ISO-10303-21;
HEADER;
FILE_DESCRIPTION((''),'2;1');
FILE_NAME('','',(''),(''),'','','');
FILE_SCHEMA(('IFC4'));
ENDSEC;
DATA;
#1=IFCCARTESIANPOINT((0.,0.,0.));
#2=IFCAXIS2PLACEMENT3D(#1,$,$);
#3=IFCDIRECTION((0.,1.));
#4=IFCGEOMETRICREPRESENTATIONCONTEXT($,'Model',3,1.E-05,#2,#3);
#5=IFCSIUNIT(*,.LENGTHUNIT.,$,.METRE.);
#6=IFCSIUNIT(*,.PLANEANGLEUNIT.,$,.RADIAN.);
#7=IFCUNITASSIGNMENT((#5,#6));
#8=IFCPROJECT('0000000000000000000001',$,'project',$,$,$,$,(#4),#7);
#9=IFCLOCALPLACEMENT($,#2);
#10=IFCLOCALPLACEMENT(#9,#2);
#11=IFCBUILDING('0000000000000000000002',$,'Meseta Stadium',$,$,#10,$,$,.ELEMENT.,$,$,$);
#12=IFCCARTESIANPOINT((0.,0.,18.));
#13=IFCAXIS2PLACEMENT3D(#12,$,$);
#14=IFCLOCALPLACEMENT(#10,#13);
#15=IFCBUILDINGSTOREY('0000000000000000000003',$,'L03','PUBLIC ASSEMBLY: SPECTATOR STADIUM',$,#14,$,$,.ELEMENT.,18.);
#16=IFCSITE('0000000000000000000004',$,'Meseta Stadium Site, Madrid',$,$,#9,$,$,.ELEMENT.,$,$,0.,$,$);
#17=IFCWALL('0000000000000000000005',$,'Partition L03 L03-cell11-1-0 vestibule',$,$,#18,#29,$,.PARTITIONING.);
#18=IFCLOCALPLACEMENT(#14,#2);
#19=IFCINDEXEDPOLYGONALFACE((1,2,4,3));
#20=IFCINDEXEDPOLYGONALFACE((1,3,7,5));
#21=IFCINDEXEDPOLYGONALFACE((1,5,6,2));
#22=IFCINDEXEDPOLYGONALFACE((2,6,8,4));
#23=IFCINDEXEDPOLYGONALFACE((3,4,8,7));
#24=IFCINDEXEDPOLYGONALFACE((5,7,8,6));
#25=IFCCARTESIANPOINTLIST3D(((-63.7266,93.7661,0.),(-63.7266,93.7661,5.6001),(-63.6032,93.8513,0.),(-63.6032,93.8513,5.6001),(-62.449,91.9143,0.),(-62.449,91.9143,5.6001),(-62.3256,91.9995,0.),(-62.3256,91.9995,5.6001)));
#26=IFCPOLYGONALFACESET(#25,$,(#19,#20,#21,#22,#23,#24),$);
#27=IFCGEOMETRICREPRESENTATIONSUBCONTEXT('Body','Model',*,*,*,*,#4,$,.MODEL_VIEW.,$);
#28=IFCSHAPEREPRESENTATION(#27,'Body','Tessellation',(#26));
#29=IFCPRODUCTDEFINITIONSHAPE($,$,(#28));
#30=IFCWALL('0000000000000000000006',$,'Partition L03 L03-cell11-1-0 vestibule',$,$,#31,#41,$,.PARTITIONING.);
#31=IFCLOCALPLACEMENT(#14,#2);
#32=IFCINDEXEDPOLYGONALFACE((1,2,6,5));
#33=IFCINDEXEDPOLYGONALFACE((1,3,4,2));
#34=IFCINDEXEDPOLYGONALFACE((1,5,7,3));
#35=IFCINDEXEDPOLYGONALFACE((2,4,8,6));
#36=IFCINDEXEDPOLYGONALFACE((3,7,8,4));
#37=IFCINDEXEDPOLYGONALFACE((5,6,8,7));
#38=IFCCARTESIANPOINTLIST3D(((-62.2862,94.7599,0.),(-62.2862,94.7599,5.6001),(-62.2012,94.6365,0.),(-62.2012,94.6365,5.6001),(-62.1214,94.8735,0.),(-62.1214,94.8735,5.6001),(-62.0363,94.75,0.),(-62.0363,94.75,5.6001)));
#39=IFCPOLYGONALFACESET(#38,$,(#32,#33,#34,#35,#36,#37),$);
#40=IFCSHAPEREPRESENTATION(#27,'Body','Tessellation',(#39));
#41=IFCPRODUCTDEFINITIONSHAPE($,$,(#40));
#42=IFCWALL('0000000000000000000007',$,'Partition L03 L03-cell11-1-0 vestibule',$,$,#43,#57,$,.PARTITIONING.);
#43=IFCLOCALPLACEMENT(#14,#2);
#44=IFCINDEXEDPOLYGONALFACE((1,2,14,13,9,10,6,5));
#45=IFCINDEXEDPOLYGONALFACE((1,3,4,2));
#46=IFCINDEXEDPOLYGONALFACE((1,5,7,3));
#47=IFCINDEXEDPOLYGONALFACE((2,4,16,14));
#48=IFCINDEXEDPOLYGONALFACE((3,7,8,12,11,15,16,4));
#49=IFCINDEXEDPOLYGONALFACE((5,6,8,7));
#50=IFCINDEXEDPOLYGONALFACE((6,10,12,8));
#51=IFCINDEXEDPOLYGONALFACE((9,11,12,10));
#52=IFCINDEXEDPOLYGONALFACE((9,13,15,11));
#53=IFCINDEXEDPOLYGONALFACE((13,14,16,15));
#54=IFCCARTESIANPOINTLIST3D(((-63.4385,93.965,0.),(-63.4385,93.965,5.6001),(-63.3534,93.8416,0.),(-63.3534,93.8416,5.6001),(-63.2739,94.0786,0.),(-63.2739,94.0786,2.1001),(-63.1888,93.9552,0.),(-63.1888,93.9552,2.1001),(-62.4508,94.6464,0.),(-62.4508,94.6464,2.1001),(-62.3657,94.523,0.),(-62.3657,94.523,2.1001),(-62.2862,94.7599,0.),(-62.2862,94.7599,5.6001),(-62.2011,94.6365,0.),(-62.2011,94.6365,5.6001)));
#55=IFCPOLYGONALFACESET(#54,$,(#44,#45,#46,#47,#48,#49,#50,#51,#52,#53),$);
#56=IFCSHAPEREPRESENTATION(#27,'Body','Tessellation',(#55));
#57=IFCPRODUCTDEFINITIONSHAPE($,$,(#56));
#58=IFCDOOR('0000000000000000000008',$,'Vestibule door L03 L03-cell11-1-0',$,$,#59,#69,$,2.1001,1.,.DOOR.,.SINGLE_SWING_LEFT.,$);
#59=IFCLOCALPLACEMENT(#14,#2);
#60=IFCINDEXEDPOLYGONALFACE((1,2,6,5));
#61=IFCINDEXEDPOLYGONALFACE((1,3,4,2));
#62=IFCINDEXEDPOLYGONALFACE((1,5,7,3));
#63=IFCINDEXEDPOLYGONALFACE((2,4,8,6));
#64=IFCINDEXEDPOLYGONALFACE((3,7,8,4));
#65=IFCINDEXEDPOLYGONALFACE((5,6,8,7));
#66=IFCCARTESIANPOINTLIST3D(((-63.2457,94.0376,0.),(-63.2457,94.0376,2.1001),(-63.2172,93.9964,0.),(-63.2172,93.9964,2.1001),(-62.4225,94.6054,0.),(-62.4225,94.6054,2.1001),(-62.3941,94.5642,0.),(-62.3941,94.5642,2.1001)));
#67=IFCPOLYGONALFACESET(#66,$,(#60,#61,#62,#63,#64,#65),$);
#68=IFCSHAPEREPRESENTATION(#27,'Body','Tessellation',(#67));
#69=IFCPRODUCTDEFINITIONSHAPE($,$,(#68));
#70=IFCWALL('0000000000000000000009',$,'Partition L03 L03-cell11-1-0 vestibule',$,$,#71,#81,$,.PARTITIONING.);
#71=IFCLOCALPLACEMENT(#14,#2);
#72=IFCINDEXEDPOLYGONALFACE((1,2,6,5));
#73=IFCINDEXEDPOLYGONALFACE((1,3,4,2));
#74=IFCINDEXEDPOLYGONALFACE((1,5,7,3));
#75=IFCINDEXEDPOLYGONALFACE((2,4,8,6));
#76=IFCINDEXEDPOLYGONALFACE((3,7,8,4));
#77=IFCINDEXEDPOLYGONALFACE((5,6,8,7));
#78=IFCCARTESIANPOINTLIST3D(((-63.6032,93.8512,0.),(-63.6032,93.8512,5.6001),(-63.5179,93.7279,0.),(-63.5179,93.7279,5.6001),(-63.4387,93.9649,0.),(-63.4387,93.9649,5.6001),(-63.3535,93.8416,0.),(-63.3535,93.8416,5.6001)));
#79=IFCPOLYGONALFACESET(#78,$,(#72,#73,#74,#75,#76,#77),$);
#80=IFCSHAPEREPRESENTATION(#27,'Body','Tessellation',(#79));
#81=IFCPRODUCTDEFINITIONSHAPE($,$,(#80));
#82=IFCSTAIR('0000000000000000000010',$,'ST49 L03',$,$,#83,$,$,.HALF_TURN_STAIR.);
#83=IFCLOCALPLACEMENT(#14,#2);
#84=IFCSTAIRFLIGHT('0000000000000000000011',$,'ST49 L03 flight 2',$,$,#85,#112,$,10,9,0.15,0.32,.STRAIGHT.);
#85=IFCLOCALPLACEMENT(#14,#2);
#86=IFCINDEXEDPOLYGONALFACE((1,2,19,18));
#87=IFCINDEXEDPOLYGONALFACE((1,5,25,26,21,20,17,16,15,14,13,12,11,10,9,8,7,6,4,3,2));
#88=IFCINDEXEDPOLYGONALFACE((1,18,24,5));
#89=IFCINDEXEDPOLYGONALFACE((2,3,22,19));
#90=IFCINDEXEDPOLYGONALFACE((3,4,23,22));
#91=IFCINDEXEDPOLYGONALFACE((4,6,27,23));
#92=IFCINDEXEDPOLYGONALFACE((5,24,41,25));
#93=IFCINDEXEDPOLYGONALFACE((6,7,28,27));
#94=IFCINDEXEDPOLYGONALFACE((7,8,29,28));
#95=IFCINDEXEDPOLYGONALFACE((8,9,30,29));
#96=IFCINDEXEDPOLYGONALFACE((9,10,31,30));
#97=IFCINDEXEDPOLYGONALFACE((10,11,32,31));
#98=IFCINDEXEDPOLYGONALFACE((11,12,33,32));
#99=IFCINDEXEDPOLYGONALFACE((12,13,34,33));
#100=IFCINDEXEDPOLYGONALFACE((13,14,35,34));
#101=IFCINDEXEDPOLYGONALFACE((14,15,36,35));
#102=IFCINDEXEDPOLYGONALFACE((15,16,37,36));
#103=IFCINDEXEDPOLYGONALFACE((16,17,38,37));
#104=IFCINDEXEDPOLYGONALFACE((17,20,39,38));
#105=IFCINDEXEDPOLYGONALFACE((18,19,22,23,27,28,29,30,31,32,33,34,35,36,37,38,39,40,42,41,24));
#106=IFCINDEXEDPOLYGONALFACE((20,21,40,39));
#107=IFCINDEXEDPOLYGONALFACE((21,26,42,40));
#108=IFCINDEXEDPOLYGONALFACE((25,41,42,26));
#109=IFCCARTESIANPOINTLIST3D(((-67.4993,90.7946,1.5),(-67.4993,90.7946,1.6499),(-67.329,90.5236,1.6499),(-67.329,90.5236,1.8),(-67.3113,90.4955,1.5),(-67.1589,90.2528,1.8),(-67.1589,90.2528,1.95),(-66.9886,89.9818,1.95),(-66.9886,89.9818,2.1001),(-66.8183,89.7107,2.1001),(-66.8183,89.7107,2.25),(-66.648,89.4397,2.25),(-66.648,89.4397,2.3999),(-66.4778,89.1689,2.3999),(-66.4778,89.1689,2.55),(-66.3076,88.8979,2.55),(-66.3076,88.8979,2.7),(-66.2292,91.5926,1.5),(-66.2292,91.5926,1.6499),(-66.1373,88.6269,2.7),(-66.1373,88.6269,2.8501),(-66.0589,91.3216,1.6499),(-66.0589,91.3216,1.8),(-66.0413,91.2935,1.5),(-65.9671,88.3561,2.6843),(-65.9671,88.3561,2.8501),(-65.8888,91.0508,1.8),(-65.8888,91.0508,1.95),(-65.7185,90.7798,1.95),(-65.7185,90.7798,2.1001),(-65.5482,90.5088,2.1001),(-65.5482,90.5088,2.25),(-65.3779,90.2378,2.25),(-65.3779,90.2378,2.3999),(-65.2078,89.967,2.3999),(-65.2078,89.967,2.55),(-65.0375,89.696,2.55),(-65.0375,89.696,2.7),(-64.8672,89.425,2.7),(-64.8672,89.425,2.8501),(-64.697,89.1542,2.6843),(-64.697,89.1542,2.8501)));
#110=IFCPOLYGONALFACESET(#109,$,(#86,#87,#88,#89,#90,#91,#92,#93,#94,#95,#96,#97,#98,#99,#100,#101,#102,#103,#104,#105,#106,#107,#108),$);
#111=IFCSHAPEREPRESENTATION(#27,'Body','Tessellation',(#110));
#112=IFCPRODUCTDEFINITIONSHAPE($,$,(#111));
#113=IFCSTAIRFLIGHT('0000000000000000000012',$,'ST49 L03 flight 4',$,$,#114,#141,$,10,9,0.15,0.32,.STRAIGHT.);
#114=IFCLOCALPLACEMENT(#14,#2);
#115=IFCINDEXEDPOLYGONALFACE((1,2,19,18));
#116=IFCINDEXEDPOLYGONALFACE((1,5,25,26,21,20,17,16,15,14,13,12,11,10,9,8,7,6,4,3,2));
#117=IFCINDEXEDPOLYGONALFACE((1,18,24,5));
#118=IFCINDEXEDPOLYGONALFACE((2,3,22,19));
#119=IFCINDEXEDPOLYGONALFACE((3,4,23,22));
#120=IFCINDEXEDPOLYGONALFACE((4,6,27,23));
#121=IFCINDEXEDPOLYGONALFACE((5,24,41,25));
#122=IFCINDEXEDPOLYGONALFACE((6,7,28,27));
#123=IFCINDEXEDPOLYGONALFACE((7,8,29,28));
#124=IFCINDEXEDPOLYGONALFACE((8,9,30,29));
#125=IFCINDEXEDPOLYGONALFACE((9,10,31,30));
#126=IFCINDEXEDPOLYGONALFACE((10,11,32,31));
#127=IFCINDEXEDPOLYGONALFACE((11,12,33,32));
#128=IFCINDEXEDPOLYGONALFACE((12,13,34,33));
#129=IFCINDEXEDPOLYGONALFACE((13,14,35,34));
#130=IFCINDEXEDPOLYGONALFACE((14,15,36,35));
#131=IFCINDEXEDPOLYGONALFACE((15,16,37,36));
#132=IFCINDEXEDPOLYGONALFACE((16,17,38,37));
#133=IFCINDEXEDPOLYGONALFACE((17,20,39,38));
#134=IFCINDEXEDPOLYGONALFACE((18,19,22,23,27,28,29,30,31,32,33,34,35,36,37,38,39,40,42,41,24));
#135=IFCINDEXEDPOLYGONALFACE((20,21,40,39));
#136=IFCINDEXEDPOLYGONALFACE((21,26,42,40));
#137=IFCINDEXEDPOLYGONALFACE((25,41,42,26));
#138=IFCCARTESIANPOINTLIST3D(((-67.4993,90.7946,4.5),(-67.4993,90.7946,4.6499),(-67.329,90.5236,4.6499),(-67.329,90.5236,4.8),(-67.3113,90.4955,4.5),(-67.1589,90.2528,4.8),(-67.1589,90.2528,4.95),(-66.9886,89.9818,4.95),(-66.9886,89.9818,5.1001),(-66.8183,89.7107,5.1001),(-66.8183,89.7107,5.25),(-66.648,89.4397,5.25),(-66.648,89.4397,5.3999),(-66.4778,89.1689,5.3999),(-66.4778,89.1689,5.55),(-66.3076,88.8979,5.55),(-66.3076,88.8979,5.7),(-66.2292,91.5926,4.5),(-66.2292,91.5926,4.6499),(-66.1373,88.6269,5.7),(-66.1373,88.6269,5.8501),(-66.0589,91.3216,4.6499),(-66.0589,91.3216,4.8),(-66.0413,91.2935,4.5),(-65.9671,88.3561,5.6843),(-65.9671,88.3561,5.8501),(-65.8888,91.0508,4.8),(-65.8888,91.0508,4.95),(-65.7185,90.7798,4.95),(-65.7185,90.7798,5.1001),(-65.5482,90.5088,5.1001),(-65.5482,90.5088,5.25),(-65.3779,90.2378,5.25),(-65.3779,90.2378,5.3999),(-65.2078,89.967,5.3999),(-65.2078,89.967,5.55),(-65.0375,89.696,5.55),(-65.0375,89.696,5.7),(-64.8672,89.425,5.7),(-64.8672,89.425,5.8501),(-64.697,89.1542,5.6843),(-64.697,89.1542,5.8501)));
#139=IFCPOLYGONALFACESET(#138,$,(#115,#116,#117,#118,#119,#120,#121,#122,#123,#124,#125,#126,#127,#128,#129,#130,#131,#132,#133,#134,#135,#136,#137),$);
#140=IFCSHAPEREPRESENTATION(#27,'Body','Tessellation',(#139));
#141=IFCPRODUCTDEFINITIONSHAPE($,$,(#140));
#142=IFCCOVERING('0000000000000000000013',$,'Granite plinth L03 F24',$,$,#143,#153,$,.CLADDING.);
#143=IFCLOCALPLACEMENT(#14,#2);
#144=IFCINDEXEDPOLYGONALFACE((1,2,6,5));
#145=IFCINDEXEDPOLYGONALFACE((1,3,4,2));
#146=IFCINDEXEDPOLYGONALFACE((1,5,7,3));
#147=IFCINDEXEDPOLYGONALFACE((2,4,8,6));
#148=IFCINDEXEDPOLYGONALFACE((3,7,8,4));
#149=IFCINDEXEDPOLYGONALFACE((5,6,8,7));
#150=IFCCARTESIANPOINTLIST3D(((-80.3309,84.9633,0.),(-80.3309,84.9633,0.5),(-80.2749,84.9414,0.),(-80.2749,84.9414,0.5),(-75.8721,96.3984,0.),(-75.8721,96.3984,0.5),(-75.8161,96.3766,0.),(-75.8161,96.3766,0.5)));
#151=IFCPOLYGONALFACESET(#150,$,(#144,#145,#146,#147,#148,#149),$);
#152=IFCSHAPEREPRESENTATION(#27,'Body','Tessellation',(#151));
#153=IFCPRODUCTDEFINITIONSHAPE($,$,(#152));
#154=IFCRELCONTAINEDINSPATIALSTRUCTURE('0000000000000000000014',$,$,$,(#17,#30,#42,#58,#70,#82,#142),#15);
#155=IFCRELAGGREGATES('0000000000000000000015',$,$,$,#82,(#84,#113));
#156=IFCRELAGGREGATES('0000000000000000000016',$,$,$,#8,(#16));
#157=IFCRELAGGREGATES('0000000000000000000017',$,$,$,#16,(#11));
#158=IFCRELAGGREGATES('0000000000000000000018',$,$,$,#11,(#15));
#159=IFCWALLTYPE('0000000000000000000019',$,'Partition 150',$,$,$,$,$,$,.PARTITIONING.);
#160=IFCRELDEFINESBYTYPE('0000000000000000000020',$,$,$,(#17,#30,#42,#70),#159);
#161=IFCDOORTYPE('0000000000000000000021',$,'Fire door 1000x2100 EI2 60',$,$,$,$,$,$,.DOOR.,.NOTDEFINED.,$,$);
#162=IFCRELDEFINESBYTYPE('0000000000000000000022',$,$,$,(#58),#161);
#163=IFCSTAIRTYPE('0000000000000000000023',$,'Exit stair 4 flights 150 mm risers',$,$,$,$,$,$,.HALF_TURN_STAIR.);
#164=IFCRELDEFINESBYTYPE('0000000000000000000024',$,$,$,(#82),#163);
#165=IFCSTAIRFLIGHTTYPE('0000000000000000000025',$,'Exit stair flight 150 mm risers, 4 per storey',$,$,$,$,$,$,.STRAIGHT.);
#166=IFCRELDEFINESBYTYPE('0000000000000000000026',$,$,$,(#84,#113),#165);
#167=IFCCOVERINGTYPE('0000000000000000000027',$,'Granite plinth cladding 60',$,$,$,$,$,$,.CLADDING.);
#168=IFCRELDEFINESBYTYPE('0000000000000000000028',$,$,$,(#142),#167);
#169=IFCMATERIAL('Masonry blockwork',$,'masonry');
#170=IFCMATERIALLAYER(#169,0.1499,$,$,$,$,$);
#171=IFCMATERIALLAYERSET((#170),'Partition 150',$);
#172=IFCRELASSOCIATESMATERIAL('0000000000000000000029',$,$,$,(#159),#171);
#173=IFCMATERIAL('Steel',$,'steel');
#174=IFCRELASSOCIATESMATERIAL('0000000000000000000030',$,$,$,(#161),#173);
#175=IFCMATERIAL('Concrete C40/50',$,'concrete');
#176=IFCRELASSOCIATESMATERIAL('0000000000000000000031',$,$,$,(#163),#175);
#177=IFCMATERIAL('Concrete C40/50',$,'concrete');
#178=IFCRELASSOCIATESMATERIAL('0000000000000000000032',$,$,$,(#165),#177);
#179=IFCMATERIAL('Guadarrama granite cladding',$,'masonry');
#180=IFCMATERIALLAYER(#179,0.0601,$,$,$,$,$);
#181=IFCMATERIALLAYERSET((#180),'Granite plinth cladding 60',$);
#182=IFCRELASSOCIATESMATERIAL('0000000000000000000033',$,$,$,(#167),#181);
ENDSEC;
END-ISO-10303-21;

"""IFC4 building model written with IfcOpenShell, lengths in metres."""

from ifc_helpers import new_model, si_unit, direction, frame, frame_2d, origin, origin_2d, place, context, subcontext, project, spatial, polyline, rectangle, outline, extrude, material, layer, layer_set, type_object, element, fill, aggregate, save


model = new_model("IFC4")

# Units and contexts
model_context = context("Model", 3, precision=1e-05, world=origin(), true_north=direction((0.0, 1.0)))
body_context = subcontext(model_context, "Body", "Model", "MODEL_VIEW")
ifc_project = project(units=[si_unit("LENGTHUNIT", "METRE"), si_unit("PLANEANGLEUNIT", "RADIAN")], contexts=[model_context])

# Site, building, storey
site_placement = place(None, origin())
site = spatial("IfcSite", under=ifc_project, at=site_placement, Name="Meseta Stadium Site, Madrid", CompositionType="ELEMENT", RefElevation=0.0)
building_placement = place(site_placement, origin())
building = spatial("IfcBuilding", under=site, at=building_placement, Name="Meseta Stadium", CompositionType="ELEMENT")
storey_placement = place(building_placement, frame((0.0, 0.0, 18.0)))
storey = spatial("IfcBuildingStorey", under=building, at=storey_placement, Name="L03", Description="PUBLIC ASSEMBLY: SPECTATOR STADIUM", CompositionType="ELEMENT", Elevation=18.0)

# Shared definitions
ifc_material_1 = material(Name="Masonry blockwork", Category="masonry")
ifc_layer_1 = layer(ifc_material_1, 0.1499)
ifc_layer_set_1 = layer_set([ifc_layer_1], Name="Partition 150")
wall_type_1 = type_object("IfcWallType", Name="Partition 150", PredefinedType="PARTITIONING", material=ifc_layer_set_1)
ifc_material_2 = material(Name="Steel", Category="steel")
door_type = type_object("IfcDoorType", Name="Fire door 1000x2100 EI2 60", OperationType="NOTDEFINED", PredefinedType="DOOR", material=ifc_material_2)

# Walls
wall_1_placement = place(storey_placement, frame((-62.3872, 91.9568, 0.0), z_axis=(0.0, 0.0, 1.0), x_axis=(-0.567877, 0.823113, 0.0)))
element("IfcWall", 1, at=wall_1_placement, inside=storey, type_object=wall_type_1, Name="Partition L03 L03-cell11-1-0 vestibule", PredefinedType="PARTITIONING", context=body_context, shape_type="SweptSolid", body=[
    extrude(rectangle(XDim=2.2498, YDim=0.1499, at=frame_2d((1.125, 0.0))), origin(), (0.0, 0.0, 1.0), 5.6001),
])
wall_2_placement = place(storey_placement, frame((-62.0789, 94.8118, 0.0), z_axis=(0.0, 0.0, 1.0), x_axis=(-0.823508, -0.567305, 0.0)))
element("IfcWall", 2, at=wall_2_placement, inside=storey, type_object=wall_type_1, Name="Partition L03 L03-cell11-1-0 vestibule", PredefinedType="PARTITIONING", context=body_context, shape_type="SweptSolid", body=[
    extrude(rectangle(XDim=0.2002, YDim=0.1499, at=frame_2d((0.1001, 0.0))), origin(), (0.0, 0.0, 1.0), 5.6001),
])

# Wall, opening, door
wall_3_placement = place(storey_placement, frame((-62.2437, 94.6982, 0.0), z_axis=(0.0, 0.0, 1.0), x_axis=(-0.823145, -0.567831, 0.0)))
wall_3 = element("IfcWall", 3, at=wall_3_placement, inside=storey, type_object=wall_type_1, Name="Partition L03 L03-cell11-1-0 vestibule", PredefinedType="PARTITIONING", context=body_context, shape_type="SweptSolid", body=[
    extrude(rectangle(XDim=1.3999, YDim=0.1499, at=frame_2d((0.7, 0.0))), origin(), (0.0, 0.0, 1.0), 5.6001),
])
opening_1_placement = place(wall_3_placement, frame((0.2, 0.0, 0.0)))
opening_1 = element("IfcOpeningElement", 4, at=opening_1_placement, cuts=wall_3, PredefinedType="OPENING", context=body_context, shape_type="SweptSolid", body=[
    extrude(rectangle(XDim=1.0, YDim=2.1001, at=frame_2d((0.5, 1.05))), frame((0.0, 0.085, 0.0), z_axis=(0.0, -1.0, 0.0), x_axis=(1.0, 0.0, 0.0)), (0.0, 0.0, 1.0), 0.1699),
])
door_1_placement = place(opening_1_placement, origin())
door_1 = element("IfcDoor", 5, at=door_1_placement, inside=storey, type_object=door_type, Name="Vestibule door L03 L03-cell11-1-0", OperationType="SINGLE_SWING_LEFT", OverallHeight=2.1001, OverallWidth=1.0, PredefinedType="DOOR", context=body_context, shape_type="SweptSolid", body=[
    extrude(rectangle(XDim=1.0, YDim=2.1001, at=frame_2d((0.5, 1.05))), frame((0.0, 0.0249, 0.0), z_axis=(0.0, -1.0, 0.0), x_axis=(1.0, 0.0, 0.0)), (0.0, 0.0, 1.0), 0.05),
])
fill(opening_1, door_1)

# Wall
wall_4_placement = place(storey_placement, frame((-63.396, 93.9033, 0.0), z_axis=(0.0, 0.0, 1.0), x_axis=(-0.822544, -0.568702, 0.0)))
element("IfcWall", 6, at=wall_4_placement, inside=storey, type_object=wall_type_1, Name="Partition L03 L03-cell11-1-0 vestibule", PredefinedType="PARTITIONING", context=body_context, shape_type="SweptSolid", body=[
    extrude(rectangle(XDim=0.2, YDim=0.1499, at=frame_2d((0.1001, 0.0))), origin(), (0.0, 0.0, 1.0), 5.6001),
])

# Stair, stair flights
ifc_material_3 = material(Name="Concrete C40/50", Category="concrete")
stair_type = type_object("IfcStairType", Name="Exit stair 4 flights 150 mm risers", PredefinedType="HALF_TURN_STAIR", material=ifc_material_3)
stair_placement = place(storey_placement, origin())
stair = element("IfcStair", 7, at=stair_placement, inside=storey, type_object=stair_type, Name="ST49 L03", PredefinedType="HALF_TURN_STAIR")
ifc_material_4 = material(Name="Concrete C40/50", Category="concrete")
stair_flight_type = type_object("IfcStairFlightType", Name="Exit stair flight 150 mm risers, 4 per storey", PredefinedType="STRAIGHT", material=ifc_material_4)
stair_flight_1_placement = place(storey_placement, frame((-66.8643, 91.1936, 1.5), z_axis=(0.0, 0.0, 1.0), x_axis=(0.532032, -0.846724, 0.0)))
stair_flight_1 = element("IfcStairFlight", 8, at=stair_flight_1_placement, type_object=stair_flight_type, Name="ST49 L03 flight 2", NumberOfRisers=10, NumberOfTreads=9, PredefinedType="STRAIGHT", RiserHeight=0.15, TreadLength=0.32, context=body_context, shape_type="SweptSolid", body=[
    extrude(outline(polyline([(0.0, 0.0), (0.0, 0.1499), (0.3201, 0.1499), (0.3201, 0.3), (0.6399, 0.3), (0.6399, 0.45), (0.96, 0.45), (0.96, 0.6001), (1.28, 0.6001), (1.28, 0.75), (1.6001, 0.75), (1.6001, 0.8999), (1.9199, 0.8999), (1.9199, 1.05), (2.24, 1.05), (2.24, 1.2), (2.5601, 1.2), (2.5601, 1.3501), (2.8799, 1.3501), (2.8799, 1.1843), (0.3533, 0.0), (0.0, 0.0)])), frame((0.0, 0.75, 0.0), z_axis=(0.0, -1.0, 0.0), x_axis=(1.0, 0.0, 0.0)), (0.0, 0.0, 1.0), 1.5),
])
stair_flight_2_placement = place(storey_placement, frame((-66.8643, 91.1936, 4.5), z_axis=(0.0, 0.0, 1.0), x_axis=(0.532032, -0.846724, 0.0)))
stair_flight_2 = element("IfcStairFlight", 9, at=stair_flight_2_placement, type_object=stair_flight_type, Name="ST49 L03 flight 4", NumberOfRisers=10, NumberOfTreads=9, PredefinedType="STRAIGHT", RiserHeight=0.15, TreadLength=0.32, context=body_context, shape_type="SweptSolid", body=[
    extrude(outline(polyline([(0.0, 0.0), (0.0, 0.1499), (0.3201, 0.1499), (0.3201, 0.3), (0.6399, 0.3), (0.6399, 0.45), (0.96, 0.45), (0.96, 0.6001), (1.28, 0.6001), (1.28, 0.75), (1.6001, 0.75), (1.6001, 0.8999), (1.9199, 0.8999), (1.9199, 1.05), (2.24, 1.05), (2.24, 1.2), (2.5601, 1.2), (2.5601, 1.3501), (2.8799, 1.3501), (2.8799, 1.1843), (0.3533, 0.0), (0.0, 0.0)])), frame((0.0, 0.75, 0.0), z_axis=(0.0, -1.0, 0.0), x_axis=(1.0, 0.0, 0.0)), (0.0, 0.0, 1.0), 1.5),
])
aggregate(stair, [stair_flight_1, stair_flight_2])

# Covering
ifc_material_5 = material(Name="Guadarrama granite cladding", Category="masonry")
ifc_layer_2 = layer(ifc_material_5, 0.0601)
ifc_layer_set_2 = layer_set([ifc_layer_2], Name="Granite plinth cladding 60")
covering_type_1 = type_object("IfcCoveringType", Name="Granite plinth cladding 60", PredefinedType="CLADDING", material=ifc_layer_set_2)
covering_1_placement = place(storey_placement, frame((-78.0735, 90.6699, 0.0), z_axis=(0.0, 0.0, 1.0), x_axis=(0.363281, 0.93168, 0.0)))
element("IfcCovering", 10, at=covering_1_placement, inside=storey, type_object=covering_type_1, Name="Granite plinth L03 F24", PredefinedType="CLADDING", context=body_context, shape_type="SweptSolid", body=[
    extrude(rectangle(XDim=12.2737, YDim=0.0601, at=origin_2d()), origin(), (0.0, 0.0, 1.0), 0.5),
])

save(model, "model.ifc")
